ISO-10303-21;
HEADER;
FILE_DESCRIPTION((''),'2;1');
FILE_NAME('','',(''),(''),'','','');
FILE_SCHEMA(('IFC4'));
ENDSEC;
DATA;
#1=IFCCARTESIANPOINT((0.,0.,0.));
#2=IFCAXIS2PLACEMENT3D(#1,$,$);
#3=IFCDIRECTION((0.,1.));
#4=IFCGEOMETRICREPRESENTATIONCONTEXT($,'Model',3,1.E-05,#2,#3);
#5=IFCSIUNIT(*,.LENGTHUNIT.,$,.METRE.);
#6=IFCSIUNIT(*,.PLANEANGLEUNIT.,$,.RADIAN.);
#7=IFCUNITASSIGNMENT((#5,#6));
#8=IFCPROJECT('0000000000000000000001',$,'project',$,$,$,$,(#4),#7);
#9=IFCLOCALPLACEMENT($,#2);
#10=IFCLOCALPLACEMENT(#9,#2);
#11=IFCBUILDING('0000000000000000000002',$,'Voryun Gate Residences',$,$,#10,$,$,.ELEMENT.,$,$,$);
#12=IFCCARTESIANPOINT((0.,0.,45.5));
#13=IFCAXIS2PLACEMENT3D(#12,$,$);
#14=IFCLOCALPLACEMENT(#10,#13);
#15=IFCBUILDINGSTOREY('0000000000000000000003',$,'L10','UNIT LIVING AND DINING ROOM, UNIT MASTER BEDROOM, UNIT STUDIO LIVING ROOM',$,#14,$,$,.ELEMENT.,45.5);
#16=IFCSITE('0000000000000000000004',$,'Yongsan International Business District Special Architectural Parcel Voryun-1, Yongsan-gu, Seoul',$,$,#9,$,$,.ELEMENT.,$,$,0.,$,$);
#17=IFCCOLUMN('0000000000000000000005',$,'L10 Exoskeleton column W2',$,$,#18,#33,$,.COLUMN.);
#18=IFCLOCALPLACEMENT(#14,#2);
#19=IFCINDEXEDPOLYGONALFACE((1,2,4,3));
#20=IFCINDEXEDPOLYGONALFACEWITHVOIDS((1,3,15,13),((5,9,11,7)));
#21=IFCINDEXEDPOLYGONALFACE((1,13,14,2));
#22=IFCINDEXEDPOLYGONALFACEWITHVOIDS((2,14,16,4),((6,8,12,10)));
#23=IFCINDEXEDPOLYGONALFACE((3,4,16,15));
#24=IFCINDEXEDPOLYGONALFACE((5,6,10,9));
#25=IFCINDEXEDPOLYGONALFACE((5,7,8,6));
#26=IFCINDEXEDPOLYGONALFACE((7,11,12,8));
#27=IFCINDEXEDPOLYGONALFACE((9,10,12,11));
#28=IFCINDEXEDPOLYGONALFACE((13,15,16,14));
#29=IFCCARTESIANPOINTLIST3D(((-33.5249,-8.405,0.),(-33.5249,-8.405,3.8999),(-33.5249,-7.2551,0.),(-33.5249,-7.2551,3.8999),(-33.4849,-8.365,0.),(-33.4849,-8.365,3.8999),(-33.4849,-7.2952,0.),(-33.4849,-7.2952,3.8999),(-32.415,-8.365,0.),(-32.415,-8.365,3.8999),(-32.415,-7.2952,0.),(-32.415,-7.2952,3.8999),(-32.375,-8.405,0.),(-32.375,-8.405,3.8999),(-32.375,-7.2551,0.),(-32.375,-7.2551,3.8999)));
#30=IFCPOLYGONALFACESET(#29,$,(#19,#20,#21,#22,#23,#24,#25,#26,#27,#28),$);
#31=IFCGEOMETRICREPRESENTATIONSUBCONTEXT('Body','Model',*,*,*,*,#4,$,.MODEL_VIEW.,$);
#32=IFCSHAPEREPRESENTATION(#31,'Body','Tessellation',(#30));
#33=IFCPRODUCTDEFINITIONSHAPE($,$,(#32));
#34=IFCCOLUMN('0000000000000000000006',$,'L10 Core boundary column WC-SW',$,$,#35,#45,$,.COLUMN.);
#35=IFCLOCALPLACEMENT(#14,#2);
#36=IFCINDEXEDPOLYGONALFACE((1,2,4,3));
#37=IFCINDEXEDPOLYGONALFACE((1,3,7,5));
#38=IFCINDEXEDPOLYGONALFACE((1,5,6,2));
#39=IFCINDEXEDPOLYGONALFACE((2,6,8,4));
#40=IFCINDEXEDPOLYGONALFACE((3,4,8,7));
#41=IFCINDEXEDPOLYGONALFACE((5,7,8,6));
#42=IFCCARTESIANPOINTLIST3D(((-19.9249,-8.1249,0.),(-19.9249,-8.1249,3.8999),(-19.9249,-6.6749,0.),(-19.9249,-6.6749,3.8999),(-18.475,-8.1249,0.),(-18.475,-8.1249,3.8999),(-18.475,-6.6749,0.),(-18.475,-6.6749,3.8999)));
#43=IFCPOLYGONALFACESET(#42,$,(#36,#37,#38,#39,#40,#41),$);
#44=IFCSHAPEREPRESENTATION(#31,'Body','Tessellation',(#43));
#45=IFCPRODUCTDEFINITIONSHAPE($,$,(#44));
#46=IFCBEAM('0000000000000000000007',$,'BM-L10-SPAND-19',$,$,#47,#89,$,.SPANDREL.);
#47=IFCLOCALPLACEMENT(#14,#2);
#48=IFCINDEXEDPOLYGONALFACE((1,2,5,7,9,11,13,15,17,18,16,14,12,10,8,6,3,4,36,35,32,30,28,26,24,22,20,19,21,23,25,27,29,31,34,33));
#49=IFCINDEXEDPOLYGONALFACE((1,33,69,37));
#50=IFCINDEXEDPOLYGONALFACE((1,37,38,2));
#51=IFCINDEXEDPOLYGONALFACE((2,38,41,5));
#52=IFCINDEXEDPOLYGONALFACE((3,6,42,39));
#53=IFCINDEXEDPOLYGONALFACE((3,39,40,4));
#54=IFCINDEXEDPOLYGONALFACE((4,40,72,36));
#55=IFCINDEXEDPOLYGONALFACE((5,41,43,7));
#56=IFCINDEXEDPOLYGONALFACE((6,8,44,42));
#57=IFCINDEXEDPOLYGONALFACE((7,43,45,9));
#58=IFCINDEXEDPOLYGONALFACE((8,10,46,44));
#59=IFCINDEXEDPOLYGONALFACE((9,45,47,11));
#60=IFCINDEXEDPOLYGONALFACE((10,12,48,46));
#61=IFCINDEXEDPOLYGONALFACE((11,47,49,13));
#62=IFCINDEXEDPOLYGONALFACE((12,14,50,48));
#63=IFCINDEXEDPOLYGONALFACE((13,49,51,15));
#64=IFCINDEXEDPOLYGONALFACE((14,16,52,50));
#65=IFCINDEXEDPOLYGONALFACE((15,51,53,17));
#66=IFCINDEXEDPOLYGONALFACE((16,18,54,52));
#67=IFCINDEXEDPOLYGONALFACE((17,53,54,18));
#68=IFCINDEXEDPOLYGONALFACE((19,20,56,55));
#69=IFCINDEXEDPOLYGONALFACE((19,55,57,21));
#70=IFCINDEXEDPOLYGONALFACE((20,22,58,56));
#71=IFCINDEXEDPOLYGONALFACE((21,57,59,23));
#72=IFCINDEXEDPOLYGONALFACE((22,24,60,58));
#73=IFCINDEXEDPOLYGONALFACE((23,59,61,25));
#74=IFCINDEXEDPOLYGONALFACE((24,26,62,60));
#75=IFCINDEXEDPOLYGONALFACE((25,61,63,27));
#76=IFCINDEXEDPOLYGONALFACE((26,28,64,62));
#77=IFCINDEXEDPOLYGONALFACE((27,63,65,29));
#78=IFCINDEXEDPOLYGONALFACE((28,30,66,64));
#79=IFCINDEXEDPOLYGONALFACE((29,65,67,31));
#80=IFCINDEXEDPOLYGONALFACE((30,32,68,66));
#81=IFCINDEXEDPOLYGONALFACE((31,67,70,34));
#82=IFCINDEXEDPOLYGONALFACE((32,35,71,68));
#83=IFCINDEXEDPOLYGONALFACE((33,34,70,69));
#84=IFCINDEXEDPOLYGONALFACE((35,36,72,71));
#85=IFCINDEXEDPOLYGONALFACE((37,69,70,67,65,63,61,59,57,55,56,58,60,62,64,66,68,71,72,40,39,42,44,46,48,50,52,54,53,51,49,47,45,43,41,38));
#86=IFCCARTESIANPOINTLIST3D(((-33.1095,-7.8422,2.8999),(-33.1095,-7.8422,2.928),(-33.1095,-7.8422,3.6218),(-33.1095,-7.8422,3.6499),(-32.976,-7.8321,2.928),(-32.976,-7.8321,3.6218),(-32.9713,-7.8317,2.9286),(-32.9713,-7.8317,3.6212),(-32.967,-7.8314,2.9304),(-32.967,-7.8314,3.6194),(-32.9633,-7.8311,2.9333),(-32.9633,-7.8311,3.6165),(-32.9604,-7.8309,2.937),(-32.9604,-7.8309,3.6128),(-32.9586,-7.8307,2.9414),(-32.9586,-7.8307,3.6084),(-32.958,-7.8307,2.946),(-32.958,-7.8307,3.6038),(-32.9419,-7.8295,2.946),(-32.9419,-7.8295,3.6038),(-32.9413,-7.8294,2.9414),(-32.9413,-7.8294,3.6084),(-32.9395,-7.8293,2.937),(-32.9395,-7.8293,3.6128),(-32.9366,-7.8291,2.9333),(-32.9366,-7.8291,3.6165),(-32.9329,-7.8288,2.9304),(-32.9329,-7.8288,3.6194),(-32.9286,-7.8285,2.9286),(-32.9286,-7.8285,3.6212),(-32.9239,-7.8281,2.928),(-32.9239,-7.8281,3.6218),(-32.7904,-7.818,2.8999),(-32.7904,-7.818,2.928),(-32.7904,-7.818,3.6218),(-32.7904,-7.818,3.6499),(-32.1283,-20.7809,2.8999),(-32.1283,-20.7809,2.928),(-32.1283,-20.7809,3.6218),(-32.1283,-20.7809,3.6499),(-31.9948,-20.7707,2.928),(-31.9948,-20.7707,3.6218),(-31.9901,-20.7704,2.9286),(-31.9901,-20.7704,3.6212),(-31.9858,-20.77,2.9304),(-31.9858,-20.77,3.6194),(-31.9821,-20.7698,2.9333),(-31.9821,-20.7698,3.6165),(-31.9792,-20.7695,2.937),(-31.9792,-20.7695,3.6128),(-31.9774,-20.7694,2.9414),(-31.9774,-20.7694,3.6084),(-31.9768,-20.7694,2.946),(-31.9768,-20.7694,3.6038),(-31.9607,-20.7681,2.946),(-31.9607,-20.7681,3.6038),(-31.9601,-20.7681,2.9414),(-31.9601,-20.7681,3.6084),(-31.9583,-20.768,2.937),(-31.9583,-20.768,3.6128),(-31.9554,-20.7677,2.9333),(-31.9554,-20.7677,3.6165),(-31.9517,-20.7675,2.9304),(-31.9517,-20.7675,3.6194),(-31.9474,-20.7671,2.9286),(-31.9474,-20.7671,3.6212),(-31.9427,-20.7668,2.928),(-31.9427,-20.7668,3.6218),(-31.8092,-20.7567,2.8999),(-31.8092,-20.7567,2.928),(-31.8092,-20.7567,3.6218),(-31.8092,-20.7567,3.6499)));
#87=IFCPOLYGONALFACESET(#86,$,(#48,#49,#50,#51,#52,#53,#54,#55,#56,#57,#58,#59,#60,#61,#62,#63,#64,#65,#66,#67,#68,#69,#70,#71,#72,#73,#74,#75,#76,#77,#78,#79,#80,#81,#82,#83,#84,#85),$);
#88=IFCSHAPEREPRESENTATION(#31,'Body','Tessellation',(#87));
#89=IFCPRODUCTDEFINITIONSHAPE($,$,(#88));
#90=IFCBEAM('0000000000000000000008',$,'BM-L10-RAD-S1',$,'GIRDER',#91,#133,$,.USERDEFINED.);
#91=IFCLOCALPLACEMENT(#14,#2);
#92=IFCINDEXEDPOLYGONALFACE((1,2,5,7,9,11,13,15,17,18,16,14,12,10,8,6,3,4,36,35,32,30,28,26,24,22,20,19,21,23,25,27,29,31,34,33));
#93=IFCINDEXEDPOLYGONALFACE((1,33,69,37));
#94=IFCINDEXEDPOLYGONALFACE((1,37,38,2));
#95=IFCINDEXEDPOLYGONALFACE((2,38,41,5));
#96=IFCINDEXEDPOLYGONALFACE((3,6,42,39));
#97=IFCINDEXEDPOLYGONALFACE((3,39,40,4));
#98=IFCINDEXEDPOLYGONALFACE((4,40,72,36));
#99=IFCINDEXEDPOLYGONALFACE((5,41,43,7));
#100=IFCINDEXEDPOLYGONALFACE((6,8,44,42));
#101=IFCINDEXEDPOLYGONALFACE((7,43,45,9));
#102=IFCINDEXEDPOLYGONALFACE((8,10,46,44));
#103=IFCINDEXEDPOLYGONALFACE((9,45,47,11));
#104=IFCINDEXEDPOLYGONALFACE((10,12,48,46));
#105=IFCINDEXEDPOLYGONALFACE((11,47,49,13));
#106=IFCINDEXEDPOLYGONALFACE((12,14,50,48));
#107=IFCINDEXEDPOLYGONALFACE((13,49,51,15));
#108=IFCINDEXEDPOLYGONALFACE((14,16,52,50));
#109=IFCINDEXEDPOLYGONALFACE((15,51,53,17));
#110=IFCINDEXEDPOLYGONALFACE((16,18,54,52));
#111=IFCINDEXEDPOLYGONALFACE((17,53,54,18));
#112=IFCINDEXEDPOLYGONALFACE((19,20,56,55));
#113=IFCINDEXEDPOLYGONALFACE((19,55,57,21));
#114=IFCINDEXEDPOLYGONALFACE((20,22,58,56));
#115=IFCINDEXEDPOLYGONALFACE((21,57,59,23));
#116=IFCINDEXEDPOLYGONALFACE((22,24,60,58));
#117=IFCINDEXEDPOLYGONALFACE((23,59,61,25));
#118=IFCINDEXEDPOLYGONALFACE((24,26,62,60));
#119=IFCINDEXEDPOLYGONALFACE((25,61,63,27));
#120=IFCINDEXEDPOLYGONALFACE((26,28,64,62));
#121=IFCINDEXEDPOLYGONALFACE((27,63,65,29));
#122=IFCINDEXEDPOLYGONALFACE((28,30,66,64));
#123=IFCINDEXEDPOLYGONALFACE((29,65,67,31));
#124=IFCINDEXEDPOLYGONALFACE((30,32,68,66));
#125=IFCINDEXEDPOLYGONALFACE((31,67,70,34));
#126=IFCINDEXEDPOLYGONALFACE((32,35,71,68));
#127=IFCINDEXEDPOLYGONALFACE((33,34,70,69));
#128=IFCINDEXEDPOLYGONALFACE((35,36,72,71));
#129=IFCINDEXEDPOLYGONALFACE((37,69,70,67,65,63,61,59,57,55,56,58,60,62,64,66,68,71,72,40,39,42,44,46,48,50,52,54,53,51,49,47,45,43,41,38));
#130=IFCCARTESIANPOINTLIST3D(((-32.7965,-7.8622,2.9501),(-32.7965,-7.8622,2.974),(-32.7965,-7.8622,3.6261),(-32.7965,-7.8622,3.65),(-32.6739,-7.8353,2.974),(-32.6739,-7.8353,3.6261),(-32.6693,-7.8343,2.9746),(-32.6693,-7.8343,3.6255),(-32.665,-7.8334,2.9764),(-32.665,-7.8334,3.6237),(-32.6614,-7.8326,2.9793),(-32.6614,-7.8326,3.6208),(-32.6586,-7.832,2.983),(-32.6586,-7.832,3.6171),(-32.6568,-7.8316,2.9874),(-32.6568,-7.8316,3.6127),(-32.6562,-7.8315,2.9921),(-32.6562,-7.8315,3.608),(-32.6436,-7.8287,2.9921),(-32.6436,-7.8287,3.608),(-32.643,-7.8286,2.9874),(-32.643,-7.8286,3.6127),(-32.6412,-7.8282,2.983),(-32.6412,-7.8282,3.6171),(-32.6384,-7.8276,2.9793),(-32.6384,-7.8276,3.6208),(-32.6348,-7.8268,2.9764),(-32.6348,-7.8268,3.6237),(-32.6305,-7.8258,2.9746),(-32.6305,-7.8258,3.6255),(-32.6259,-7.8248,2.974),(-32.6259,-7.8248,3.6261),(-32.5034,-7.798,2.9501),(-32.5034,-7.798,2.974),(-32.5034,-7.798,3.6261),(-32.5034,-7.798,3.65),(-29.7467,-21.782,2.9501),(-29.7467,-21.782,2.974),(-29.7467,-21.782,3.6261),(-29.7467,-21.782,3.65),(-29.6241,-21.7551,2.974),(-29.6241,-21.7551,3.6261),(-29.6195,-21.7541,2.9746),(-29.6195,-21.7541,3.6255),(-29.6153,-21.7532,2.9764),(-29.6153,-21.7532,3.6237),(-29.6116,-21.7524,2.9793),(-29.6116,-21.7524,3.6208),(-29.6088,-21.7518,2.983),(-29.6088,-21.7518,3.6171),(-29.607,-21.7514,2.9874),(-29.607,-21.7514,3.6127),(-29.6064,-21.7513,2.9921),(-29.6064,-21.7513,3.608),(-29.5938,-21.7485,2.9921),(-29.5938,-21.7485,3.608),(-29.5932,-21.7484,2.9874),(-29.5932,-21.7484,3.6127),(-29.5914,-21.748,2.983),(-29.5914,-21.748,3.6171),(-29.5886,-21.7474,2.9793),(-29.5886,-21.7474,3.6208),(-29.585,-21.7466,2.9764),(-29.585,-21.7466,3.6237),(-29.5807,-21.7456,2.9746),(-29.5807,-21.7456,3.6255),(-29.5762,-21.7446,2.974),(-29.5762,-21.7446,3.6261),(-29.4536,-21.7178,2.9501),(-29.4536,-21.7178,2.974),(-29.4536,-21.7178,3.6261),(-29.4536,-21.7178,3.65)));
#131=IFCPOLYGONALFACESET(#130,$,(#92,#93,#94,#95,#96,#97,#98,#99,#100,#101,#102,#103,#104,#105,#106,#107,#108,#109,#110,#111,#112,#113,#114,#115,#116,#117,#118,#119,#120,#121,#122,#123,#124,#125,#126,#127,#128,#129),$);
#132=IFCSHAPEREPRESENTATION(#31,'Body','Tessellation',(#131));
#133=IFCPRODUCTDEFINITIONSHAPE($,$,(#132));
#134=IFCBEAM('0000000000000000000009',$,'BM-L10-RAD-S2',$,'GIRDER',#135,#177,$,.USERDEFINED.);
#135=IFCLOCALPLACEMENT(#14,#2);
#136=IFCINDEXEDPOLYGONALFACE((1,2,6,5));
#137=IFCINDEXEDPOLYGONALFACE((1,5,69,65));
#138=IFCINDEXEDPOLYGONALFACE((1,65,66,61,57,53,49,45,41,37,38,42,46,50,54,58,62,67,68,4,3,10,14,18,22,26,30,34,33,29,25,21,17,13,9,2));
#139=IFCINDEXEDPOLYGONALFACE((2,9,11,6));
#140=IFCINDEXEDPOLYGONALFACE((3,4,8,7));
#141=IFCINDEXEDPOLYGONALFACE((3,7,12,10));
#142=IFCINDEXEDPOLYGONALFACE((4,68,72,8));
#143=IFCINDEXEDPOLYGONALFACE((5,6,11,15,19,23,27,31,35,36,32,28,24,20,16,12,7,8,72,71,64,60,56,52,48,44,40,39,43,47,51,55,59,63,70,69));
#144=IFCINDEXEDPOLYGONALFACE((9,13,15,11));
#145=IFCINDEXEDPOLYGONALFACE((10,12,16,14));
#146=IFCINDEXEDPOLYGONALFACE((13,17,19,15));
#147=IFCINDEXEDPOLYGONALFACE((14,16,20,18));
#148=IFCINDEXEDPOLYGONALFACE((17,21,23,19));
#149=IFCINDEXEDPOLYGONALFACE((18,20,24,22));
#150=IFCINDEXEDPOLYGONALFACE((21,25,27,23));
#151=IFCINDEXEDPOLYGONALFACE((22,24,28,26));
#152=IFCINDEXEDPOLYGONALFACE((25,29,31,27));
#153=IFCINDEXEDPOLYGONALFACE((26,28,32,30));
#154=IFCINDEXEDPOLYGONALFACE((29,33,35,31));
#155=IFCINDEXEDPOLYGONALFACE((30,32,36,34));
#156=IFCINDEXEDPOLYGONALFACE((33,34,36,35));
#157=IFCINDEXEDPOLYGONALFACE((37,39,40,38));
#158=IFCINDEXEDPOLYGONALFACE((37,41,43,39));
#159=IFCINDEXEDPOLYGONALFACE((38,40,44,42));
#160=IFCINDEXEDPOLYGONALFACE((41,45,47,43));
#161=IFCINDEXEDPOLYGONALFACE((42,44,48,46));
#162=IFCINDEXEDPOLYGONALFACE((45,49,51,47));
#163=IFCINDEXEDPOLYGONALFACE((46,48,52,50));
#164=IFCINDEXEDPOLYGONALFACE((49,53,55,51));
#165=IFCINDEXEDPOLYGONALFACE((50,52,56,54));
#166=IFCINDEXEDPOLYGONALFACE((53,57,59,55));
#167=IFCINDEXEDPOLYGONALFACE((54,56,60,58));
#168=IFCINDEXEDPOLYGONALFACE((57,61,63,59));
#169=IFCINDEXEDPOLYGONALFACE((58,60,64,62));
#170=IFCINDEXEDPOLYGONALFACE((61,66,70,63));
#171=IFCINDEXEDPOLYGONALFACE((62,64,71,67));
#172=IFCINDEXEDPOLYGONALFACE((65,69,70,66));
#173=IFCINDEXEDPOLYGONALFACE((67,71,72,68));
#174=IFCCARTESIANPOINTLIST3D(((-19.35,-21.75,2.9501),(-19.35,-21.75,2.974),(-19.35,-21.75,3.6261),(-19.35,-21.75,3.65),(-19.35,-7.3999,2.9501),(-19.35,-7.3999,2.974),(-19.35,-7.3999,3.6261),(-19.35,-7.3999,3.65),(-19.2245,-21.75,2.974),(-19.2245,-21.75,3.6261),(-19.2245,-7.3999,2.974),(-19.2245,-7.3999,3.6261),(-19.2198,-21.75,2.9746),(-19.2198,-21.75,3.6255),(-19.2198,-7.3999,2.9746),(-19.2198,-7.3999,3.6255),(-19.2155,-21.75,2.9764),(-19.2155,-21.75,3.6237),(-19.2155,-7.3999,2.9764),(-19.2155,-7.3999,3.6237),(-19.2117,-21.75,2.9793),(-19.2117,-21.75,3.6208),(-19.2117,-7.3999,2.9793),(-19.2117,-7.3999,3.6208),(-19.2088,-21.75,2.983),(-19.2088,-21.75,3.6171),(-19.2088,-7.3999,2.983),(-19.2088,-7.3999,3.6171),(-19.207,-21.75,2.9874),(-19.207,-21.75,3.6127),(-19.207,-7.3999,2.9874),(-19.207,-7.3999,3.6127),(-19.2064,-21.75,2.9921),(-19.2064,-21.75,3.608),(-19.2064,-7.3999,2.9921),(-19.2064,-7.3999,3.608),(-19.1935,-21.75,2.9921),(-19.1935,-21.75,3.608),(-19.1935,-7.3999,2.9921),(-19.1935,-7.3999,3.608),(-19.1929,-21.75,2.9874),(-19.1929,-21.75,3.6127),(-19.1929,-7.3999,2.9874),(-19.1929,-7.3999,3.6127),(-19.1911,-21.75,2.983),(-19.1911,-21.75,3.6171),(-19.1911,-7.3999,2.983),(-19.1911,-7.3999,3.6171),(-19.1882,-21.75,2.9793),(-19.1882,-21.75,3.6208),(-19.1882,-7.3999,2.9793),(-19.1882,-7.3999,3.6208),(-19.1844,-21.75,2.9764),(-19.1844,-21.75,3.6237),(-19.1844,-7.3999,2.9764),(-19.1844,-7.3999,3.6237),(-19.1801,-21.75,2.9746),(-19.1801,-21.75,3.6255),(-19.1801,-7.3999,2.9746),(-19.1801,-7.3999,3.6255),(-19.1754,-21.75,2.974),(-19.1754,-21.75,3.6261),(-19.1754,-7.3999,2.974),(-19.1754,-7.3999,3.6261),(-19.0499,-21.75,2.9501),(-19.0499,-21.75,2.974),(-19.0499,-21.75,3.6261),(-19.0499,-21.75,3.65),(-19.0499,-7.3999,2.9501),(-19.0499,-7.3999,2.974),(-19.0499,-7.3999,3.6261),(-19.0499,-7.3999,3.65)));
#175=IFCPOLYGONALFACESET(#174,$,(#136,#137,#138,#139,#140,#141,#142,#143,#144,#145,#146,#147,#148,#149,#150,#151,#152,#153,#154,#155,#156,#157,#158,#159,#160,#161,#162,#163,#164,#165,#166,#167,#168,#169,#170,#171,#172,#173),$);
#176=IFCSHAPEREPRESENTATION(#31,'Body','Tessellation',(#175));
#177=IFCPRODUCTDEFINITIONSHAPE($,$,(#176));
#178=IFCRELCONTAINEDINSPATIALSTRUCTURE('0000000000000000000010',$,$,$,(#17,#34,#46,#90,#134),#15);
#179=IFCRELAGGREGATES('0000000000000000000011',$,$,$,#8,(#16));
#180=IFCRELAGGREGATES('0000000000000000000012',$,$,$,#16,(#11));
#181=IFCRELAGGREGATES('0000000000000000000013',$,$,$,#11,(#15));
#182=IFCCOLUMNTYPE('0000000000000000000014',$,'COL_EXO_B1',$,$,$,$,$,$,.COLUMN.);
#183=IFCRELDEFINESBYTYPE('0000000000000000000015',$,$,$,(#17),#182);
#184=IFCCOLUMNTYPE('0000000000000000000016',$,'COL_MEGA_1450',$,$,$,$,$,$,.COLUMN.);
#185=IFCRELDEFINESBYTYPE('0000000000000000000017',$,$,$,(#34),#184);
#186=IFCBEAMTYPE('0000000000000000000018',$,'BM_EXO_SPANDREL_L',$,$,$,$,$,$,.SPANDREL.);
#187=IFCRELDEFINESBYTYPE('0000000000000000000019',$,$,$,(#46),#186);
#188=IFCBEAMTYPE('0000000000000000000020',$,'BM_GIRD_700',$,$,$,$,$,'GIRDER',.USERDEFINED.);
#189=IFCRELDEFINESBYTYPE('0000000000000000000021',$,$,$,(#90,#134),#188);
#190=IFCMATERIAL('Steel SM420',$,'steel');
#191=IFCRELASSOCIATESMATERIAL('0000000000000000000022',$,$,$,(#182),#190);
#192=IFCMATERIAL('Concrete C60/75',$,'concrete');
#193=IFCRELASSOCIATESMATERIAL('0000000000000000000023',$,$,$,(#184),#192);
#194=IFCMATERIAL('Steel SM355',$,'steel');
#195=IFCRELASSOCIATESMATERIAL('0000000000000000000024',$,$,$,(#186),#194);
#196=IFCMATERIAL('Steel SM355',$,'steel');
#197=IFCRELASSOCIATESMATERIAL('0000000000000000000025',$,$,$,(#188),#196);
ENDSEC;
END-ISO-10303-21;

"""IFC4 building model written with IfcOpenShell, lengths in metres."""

from ifc_helpers import new_model, si_unit, direction, frame, origin, origin_2d, place, context, subcontext, project, spatial, rectangle, hollow_rectangle, i_section, extrude, material, material_profile, profile_set, type_object, element, save


model = new_model("IFC4")

# Units and contexts
model_context = context("Model", 3, precision=1e-05, world=origin(), true_north=direction((0.0, 1.0)))
body_context = subcontext(model_context, "Body", "Model", "MODEL_VIEW")
ifc_project = project(units=[si_unit("LENGTHUNIT", "METRE"), si_unit("PLANEANGLEUNIT", "RADIAN")], contexts=[model_context])

# Site, building, storey
site_placement = place(None, origin())
site = spatial("IfcSite", under=ifc_project, at=site_placement, Name="Yongsan International Business District Special Architectural Parcel Voryun-1, Yongsan-gu, Seoul", CompositionType="ELEMENT", RefElevation=0.0)
building_placement = place(site_placement, origin())
building = spatial("IfcBuilding", under=site, at=building_placement, Name="Voryun Gate Residences", CompositionType="ELEMENT")
storey_placement = place(building_placement, frame((0.0, 0.0, 45.5)))
storey = spatial("IfcBuildingStorey", under=building, at=storey_placement, Name="L10", Description="UNIT LIVING AND DINING ROOM, UNIT MASTER BEDROOM, UNIT STUDIO LIVING ROOM", CompositionType="ELEMENT", Elevation=45.5)

# Columns
ifc_material_1 = material(Name="Steel SM420", Category="steel")
ifc_material_profile_1 = material_profile(ifc_material_1, hollow_rectangle(XDim=1.1499, YDim=1.1499, WallThickness=0.04, at=origin_2d()), Name="BOX-1150x1150x40")
ifc_profile_set_1 = profile_set([ifc_material_profile_1], Name="Steel SM420")
column_type_1 = type_object("IfcColumnType", Name="COL_EXO_B1", PredefinedType="COLUMN", material=ifc_profile_set_1)
column_1_placement = place(storey_placement, frame((-32.95, -7.8301, 0.0), z_axis=(0.0, 0.0, 1.0), x_axis=(1.0, 0.0, 0.0)))
element("IfcColumn", 1, at=column_1_placement, inside=storey, type_object=column_type_1, Name="L10 Exoskeleton column W2", PredefinedType="COLUMN", context=body_context, shape_type="SweptSolid", body=[
    extrude(hollow_rectangle(XDim=1.1499, YDim=1.1499, WallThickness=0.04, at=origin_2d()), origin(), (0.0, 0.0, 1.0), 3.8999),
])
ifc_material_2 = material(Name="Concrete C60/75", Category="concrete")
ifc_material_profile_2 = material_profile(ifc_material_2, rectangle(XDim=1.45, YDim=1.45, at=origin_2d()), Name="RC-1450x1450")
ifc_profile_set_2 = profile_set([ifc_material_profile_2], Name="Concrete C60/75")
column_type_2 = type_object("IfcColumnType", Name="COL_MEGA_1450", PredefinedType="COLUMN", material=ifc_profile_set_2)
column_2_placement = place(storey_placement, frame((-19.2, -7.3999, 0.0), z_axis=(0.0, 0.0, 1.0), x_axis=(1.0, 0.0, 0.0)))
element("IfcColumn", 2, at=column_2_placement, inside=storey, type_object=column_type_2, Name="L10 Core boundary column WC-SW", PredefinedType="COLUMN", context=body_context, shape_type="SweptSolid", body=[
    extrude(rectangle(XDim=1.45, YDim=1.45, at=origin_2d()), origin(), (0.0, 0.0, 1.0), 3.8999),
])

# Beams
ifc_material_3 = material(Name="Steel SM355", Category="steel")
ifc_material_profile_3 = material_profile(ifc_material_3, i_section(OverallWidth=0.3201, OverallDepth=0.75, WebThickness=0.0161, FlangeThickness=0.0281, FilletRadius=0.0181, at=origin_2d()), Name="H-750x320x16x28")
ifc_profile_set_3 = profile_set([ifc_material_profile_3], Name="Steel SM355")
beam_type_1 = type_object("IfcBeamType", Name="BM_EXO_SPANDREL_L", PredefinedType="SPANDREL", material=ifc_profile_set_3)
beam_1_placement = place(storey_placement, frame((-32.95, -7.8301, 3.2749), z_axis=(0.075617, -0.997137, 0.0), x_axis=(0.997137, 0.075617, 0.0)))
element("IfcBeam", 3, at=beam_1_placement, inside=storey, type_object=beam_type_1, Name="BM-L10-SPAND-19", PredefinedType="SPANDREL", context=body_context, shape_type="SweptSolid", body=[
    extrude(i_section(OverallWidth=0.3201, OverallDepth=0.75, WebThickness=0.0161, FlangeThickness=0.0281, FilletRadius=0.0181, at=origin_2d()), origin(), (0.0, 0.0, 1.0), 12.9758),
])
ifc_material_4 = material(Name="Steel SM355", Category="steel")
ifc_material_profile_4 = material_profile(ifc_material_4, i_section(OverallWidth=0.3, OverallDepth=0.7, WebThickness=0.0129, FlangeThickness=0.0239, FilletRadius=0.0181, at=origin_2d()), Name="H-700x300x13x24")
ifc_profile_set_4 = profile_set([ifc_material_profile_4], Name="Steel SM355")
beam_type_2 = type_object("IfcBeamType", Name="BM_GIRD_700", ElementType="GIRDER", PredefinedType="USERDEFINED", material=ifc_profile_set_4)
beam_2_placement = place(storey_placement, frame((-32.6499, -7.8301, 3.3), z_axis=(0.21402, -0.976829, 0.0), x_axis=(0.976829, 0.21402, 0.0)))
element("IfcBeam", 4, at=beam_2_placement, inside=storey, type_object=beam_type_2, Name="BM-L10-RAD-S1", ObjectType="GIRDER", PredefinedType="USERDEFINED", context=body_context, shape_type="SweptSolid", body=[
    extrude(i_section(OverallWidth=0.3, OverallDepth=0.7, WebThickness=0.0129, FlangeThickness=0.0239, FilletRadius=0.0181, at=origin_2d()), origin(), (0.0, 0.0, 1.0), 14.25),
])
beam_3_placement = place(storey_placement, frame((-19.2, -7.3999, 3.3), z_axis=(0.0, -1.0, 0.0), x_axis=(1.0, 0.0, 0.0)))
element("IfcBeam", 5, at=beam_3_placement, inside=storey, type_object=beam_type_2, Name="BM-L10-RAD-S2", ObjectType="GIRDER", PredefinedType="USERDEFINED", context=body_context, shape_type="SweptSolid", body=[
    extrude(i_section(OverallWidth=0.3, OverallDepth=0.7, WebThickness=0.0129, FlangeThickness=0.0239, FilletRadius=0.0181, at=origin_2d()), origin(), (0.0, 0.0, 1.0), 14.3501),
])

save(model, "model.ifc")
